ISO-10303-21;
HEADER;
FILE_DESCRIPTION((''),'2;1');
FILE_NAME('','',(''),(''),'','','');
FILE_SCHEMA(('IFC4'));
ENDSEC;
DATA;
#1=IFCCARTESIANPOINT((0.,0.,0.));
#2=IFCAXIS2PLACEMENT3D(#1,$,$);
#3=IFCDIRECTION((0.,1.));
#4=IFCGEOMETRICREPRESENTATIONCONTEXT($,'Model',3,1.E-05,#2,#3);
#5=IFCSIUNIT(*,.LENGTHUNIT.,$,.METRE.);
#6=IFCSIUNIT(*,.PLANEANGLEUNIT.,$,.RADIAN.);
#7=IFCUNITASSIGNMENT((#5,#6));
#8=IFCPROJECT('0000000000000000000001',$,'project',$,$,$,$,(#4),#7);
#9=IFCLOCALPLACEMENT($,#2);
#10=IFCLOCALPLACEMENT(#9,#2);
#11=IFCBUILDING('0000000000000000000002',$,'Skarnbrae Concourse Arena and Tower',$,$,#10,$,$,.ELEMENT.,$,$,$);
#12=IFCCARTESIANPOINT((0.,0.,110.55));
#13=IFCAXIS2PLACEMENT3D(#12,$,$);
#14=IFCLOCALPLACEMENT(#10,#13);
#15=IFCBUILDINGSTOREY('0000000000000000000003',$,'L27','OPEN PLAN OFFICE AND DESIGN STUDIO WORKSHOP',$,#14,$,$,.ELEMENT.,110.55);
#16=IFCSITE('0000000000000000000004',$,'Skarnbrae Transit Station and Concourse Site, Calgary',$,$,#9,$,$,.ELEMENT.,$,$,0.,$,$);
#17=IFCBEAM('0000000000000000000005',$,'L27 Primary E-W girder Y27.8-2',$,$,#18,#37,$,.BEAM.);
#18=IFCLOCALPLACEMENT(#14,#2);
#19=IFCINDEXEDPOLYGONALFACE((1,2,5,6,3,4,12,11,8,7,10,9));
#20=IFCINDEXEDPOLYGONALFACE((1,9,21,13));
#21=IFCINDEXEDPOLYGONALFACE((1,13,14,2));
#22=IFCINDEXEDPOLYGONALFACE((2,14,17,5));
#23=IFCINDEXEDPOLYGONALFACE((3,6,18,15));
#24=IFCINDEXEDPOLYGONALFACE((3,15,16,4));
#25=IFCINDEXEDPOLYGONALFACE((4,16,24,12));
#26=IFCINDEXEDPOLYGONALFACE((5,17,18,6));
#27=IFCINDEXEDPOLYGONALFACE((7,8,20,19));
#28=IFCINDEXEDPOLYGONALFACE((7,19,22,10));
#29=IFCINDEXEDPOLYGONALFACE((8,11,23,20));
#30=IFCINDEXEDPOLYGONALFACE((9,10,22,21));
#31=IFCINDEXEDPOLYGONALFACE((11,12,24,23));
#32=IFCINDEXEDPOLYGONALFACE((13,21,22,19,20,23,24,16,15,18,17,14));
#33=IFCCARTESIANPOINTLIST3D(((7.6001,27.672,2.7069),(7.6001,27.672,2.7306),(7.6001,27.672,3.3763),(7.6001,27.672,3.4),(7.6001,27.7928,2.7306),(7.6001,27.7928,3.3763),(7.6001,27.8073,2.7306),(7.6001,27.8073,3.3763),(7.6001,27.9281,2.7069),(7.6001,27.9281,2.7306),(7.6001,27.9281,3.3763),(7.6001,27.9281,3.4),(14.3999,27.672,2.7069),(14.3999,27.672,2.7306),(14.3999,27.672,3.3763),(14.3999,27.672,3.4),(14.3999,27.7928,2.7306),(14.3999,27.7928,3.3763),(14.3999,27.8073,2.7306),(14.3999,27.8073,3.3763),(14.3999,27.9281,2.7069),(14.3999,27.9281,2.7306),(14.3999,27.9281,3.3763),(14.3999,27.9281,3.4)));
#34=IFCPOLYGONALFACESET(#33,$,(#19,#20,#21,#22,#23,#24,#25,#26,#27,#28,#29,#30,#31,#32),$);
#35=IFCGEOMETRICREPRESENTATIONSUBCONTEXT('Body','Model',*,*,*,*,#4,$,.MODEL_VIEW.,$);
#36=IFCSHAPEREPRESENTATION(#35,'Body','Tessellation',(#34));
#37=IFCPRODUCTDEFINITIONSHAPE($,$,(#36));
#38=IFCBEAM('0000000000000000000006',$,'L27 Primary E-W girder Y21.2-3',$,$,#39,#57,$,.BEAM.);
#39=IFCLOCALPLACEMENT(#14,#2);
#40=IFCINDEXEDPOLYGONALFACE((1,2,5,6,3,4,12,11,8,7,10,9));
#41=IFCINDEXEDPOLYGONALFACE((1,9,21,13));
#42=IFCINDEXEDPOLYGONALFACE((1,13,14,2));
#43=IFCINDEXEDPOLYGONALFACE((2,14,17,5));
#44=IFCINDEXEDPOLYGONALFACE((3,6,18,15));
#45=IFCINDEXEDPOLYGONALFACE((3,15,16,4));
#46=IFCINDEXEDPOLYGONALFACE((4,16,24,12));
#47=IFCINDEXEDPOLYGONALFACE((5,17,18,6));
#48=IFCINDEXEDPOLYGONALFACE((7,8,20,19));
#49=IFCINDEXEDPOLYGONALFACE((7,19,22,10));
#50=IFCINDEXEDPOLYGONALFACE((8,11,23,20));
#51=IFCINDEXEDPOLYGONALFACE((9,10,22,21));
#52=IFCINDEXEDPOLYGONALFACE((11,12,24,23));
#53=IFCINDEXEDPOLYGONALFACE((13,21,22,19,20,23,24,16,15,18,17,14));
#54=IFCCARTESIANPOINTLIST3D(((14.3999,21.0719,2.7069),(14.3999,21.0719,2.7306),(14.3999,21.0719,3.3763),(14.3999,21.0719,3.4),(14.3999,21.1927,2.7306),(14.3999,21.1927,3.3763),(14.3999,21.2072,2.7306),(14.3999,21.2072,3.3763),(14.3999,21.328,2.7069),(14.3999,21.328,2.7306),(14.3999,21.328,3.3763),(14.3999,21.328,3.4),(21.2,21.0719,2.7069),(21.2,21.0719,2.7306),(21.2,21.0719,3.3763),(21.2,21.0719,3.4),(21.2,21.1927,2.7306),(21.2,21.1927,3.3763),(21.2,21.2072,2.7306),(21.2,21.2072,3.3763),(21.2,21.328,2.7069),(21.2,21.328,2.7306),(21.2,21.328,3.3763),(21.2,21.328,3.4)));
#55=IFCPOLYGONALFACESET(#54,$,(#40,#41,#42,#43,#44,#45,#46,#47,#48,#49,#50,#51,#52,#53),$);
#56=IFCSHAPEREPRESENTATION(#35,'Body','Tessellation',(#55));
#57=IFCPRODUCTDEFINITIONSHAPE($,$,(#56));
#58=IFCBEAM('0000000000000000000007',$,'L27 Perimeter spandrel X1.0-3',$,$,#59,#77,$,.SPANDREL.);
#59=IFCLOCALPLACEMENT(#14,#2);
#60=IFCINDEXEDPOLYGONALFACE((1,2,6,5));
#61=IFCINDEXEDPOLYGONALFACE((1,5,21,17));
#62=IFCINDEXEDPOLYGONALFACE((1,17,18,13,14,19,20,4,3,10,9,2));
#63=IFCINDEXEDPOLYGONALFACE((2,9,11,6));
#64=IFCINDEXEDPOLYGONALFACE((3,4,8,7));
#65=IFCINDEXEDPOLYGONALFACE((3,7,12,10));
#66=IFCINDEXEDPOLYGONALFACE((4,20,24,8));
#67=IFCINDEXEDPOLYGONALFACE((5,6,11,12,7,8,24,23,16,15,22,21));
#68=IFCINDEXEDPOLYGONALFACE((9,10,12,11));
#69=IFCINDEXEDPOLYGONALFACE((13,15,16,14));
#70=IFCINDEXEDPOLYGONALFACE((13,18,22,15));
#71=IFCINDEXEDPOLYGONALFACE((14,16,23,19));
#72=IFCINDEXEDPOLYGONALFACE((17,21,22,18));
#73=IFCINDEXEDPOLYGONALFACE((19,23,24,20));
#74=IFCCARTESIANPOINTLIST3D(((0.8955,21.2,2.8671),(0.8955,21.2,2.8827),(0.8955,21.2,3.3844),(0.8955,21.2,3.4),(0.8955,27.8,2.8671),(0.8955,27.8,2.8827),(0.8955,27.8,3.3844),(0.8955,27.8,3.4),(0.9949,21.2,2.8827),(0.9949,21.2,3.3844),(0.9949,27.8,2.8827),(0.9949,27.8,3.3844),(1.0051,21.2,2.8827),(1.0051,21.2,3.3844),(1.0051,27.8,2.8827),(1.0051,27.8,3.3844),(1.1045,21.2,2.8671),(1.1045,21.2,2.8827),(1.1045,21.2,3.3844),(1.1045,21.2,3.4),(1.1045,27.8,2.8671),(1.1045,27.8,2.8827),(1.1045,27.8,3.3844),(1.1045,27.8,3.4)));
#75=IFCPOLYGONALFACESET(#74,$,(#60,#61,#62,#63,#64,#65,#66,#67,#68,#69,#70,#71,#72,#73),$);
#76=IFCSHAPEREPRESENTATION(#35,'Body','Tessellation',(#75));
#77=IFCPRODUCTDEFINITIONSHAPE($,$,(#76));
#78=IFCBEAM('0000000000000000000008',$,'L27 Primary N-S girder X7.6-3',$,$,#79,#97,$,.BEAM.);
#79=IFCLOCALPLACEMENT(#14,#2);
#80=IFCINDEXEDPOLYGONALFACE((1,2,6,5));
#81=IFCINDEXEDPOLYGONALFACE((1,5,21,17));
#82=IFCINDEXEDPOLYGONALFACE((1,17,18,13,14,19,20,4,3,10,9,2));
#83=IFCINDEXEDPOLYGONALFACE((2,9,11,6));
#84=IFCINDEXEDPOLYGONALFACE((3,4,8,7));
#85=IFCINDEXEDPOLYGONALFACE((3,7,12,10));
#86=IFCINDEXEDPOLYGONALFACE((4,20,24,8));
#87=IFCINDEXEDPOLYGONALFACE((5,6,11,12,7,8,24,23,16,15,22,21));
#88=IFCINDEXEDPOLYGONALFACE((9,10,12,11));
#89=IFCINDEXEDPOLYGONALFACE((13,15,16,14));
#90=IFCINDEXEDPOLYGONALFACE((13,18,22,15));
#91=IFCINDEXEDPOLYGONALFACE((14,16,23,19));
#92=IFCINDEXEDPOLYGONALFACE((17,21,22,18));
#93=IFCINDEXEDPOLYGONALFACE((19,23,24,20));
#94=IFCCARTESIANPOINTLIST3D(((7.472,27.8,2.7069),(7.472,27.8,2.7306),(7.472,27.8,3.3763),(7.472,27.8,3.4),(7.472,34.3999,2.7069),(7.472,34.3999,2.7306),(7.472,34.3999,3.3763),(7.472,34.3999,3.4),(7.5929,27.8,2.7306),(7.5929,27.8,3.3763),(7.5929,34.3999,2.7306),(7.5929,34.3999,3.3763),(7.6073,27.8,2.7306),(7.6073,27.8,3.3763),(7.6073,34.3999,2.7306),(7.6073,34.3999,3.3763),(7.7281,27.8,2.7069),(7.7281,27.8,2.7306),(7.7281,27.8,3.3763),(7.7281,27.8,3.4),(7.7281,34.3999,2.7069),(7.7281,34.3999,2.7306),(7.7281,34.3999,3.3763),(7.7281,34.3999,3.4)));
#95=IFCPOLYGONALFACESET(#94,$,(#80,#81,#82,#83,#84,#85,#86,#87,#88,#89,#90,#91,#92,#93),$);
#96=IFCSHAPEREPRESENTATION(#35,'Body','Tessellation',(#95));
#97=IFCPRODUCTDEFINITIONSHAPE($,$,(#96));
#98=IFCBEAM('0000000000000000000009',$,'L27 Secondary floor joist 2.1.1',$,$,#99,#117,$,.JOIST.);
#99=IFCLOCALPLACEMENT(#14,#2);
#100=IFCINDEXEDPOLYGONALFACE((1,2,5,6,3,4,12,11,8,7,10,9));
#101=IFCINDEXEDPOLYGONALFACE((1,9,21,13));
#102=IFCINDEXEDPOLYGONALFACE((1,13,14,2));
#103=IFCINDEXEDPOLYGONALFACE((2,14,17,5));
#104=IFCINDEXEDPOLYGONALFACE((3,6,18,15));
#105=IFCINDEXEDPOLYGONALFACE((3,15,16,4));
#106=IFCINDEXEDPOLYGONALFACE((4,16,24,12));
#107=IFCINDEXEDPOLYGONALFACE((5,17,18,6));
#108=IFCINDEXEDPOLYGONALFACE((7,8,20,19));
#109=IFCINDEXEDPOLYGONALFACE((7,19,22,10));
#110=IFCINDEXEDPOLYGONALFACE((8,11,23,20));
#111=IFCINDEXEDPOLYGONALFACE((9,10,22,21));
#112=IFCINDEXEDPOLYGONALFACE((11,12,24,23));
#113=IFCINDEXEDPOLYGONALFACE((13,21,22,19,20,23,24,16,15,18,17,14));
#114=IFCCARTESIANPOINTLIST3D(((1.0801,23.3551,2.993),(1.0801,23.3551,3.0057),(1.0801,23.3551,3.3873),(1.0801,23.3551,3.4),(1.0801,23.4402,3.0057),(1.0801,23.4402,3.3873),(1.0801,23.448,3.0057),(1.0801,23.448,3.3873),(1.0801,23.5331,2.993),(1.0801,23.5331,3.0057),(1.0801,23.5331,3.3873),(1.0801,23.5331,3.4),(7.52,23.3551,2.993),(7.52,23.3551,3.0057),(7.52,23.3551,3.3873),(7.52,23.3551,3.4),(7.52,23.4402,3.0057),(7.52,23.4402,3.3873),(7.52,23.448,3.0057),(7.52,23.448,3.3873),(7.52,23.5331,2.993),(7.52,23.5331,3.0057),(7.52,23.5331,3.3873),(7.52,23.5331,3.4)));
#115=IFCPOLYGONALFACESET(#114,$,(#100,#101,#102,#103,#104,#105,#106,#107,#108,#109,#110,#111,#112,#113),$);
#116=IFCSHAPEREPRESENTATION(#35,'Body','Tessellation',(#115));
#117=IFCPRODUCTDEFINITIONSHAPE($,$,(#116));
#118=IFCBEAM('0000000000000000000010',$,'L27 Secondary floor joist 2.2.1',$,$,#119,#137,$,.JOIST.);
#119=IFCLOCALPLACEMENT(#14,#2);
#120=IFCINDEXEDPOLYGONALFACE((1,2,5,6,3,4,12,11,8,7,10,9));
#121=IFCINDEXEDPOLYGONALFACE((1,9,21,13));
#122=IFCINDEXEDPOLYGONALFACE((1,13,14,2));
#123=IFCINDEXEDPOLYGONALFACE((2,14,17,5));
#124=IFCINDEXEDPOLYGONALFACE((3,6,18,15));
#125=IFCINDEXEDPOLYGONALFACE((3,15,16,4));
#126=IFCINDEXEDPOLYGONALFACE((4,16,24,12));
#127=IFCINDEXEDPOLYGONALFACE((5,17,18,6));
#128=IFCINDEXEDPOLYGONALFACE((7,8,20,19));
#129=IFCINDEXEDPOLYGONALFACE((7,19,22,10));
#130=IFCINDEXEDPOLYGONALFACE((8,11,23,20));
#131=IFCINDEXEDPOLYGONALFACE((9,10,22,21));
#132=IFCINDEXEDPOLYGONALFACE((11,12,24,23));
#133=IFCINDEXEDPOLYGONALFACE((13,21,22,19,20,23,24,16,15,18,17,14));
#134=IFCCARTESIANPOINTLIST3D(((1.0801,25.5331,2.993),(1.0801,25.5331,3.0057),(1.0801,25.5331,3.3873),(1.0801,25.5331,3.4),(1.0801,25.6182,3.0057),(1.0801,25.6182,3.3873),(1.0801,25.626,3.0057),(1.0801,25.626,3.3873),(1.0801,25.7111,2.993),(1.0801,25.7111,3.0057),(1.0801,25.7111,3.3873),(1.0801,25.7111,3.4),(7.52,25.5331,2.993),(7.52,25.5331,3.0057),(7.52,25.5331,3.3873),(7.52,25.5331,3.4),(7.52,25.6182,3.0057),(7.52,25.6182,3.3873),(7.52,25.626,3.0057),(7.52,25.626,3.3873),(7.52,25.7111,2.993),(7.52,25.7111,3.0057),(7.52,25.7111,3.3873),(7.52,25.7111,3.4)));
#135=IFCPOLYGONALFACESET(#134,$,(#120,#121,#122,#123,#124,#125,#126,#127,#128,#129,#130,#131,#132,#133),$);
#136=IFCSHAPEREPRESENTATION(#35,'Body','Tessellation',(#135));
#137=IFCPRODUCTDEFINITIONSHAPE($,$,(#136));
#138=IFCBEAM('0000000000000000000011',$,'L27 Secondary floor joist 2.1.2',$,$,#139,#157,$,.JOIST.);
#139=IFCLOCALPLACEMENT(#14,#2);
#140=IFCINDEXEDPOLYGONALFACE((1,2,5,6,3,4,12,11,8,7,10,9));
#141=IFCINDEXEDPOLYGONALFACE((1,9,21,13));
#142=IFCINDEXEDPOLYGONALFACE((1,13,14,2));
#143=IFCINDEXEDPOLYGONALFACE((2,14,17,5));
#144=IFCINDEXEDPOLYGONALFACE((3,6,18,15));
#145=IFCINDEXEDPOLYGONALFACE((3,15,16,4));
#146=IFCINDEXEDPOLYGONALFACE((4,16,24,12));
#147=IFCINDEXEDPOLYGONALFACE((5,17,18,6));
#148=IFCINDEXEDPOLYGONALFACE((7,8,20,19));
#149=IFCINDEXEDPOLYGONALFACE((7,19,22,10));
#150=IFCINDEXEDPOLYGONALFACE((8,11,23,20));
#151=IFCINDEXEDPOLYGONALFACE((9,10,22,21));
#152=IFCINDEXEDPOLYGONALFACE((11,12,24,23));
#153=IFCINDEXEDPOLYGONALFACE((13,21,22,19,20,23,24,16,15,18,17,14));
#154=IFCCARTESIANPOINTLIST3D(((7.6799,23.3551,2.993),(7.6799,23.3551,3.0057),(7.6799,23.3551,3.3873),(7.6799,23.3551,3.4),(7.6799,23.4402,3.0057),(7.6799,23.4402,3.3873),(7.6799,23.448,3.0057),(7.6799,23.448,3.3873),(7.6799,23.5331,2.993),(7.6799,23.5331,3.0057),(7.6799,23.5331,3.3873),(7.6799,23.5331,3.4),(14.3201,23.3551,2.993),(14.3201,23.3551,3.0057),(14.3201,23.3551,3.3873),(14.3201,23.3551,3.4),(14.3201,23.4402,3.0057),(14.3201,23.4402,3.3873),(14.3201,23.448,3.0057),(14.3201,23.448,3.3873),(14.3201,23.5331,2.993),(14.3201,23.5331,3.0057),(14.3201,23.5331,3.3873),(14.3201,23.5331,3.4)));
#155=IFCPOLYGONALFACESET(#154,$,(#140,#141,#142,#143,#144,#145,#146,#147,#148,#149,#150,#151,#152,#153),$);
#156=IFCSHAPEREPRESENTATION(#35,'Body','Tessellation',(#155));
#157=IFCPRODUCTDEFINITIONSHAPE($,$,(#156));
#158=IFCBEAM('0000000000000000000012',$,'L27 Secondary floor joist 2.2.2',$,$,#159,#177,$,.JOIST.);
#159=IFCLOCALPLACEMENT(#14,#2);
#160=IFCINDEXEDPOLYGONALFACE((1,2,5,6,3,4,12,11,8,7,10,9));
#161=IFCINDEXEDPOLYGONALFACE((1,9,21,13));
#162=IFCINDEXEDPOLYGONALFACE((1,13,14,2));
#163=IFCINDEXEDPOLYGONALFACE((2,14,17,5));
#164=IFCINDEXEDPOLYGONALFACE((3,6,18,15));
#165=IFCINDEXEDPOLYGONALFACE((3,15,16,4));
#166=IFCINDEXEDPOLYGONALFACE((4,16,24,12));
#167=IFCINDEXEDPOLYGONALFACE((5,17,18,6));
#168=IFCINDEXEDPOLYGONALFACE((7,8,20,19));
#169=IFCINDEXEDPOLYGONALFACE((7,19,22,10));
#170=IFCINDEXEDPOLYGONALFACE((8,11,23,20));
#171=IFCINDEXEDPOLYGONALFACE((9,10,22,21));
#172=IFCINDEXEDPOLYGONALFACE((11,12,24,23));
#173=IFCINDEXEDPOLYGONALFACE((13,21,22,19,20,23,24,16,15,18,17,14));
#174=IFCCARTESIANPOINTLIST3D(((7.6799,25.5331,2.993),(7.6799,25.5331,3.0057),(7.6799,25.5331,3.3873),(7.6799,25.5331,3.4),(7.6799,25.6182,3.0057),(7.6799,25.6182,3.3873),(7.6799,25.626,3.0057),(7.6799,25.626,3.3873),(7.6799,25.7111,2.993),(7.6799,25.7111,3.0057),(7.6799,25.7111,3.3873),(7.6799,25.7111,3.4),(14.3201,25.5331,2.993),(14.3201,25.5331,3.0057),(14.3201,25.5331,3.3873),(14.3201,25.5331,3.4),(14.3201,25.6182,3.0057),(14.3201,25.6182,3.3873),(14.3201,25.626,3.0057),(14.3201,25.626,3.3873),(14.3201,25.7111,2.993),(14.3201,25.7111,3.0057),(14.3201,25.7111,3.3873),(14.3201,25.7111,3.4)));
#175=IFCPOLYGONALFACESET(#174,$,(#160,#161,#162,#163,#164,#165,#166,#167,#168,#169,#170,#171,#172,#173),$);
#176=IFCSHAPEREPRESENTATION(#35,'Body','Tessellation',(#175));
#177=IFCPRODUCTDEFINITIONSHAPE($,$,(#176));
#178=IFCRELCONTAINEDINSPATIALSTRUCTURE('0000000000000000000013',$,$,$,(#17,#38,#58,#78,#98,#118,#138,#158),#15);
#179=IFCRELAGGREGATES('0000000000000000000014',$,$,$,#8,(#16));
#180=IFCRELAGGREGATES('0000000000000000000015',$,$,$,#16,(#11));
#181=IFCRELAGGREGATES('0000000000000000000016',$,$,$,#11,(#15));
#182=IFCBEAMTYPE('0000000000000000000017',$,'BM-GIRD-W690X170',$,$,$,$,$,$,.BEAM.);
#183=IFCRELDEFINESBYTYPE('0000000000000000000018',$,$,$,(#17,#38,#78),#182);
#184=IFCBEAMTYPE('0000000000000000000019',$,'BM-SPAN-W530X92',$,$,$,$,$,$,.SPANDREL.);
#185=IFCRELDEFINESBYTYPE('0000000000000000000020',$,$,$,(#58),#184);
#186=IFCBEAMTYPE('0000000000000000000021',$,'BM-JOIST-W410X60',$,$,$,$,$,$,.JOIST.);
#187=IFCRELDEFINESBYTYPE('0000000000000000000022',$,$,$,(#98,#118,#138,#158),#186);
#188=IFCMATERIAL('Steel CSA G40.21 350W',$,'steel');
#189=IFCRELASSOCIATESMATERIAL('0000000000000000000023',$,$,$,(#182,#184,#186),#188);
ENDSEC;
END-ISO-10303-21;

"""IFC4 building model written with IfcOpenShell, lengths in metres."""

from ifc_helpers import new_model, si_unit, direction, frame, origin, origin_2d, place, context, subcontext, project, spatial, i_section, extrude, source, transform, mapped, material, material_profile, profile_set, type_object, element, save


model = new_model("IFC4")

# Units and contexts
model_context = context("Model", 3, precision=1e-05, world=origin(), true_north=direction((0.0, 1.0)))
body_context = subcontext(model_context, "Body", "Model", "MODEL_VIEW")
ifc_project = project(units=[si_unit("LENGTHUNIT", "METRE"), si_unit("PLANEANGLEUNIT", "RADIAN")], contexts=[model_context])

# Site, building, storey
site_placement = place(None, origin())
site = spatial("IfcSite", under=ifc_project, at=site_placement, Name="Skarnbrae Transit Station and Concourse Site, Calgary", CompositionType="ELEMENT", RefElevation=0.0)
building_placement = place(site_placement, origin())
building = spatial("IfcBuilding", under=site, at=building_placement, Name="Skarnbrae Concourse Arena and Tower", CompositionType="ELEMENT")
storey_placement = place(building_placement, frame((0.0, 0.0, 110.55)))
storey = spatial("IfcBuildingStorey", under=building, at=storey_placement, Name="L27", Description="OPEN PLAN OFFICE AND DESIGN STUDIO WORKSHOP", CompositionType="ELEMENT", Elevation=110.55)

# Shared definitions
ifc_material_1 = material(Name="Steel CSA G40.21 350W", Category="steel")

# Beams
ifc_material_profile_1 = material_profile(ifc_material_1, i_section(OverallWidth=0.2561, OverallDepth=0.6931, WebThickness=0.0144, FlangeThickness=0.0237, at=origin_2d()), Name="W690X170")
ifc_profile_set_1 = profile_set([ifc_material_profile_1], Name="Steel CSA G40.21 350W")
beam_type_1 = type_object("IfcBeamType", Name="BM-GIRD-W690X170", PredefinedType="BEAM", material=ifc_profile_set_1)
shared_shape_1 = source(origin(), body_context, "Body", "SweptSolid", [
    extrude(i_section(OverallWidth=0.2561, OverallDepth=0.6931, WebThickness=0.0144, FlangeThickness=0.0237, at=origin_2d()), origin(), (0.0, 0.0, 1.0), 6.7998),
])
for number, where, z_axis, x_axis, name in (
    (1, (7.6001, 27.8, 3.0535), (1.0, 0.0, 0.0), (0.0, 1.0, 0.0), "L27 Primary E-W girder Y27.8-2"),
):
    element("IfcBeam", number, at=place(storey_placement, frame(where, z_axis=z_axis, x_axis=x_axis)), inside=storey, type_object=beam_type_1, Name=name, PredefinedType="BEAM", context=body_context, shape_type="MappedRepresentation", body=[
        mapped(shared_shape_1, transform((0.0, 0.0, 0.0))),
    ])
shared_shape_2 = source(origin(), body_context, "Body", "SweptSolid", [
    extrude(i_section(OverallWidth=0.2561, OverallDepth=0.6931, WebThickness=0.0144, FlangeThickness=0.0237, at=origin_2d()), origin(), (0.0, 0.0, 1.0), 6.8),
])
beam_1_placement = place(storey_placement, frame((14.3999, 21.2, 3.0535), z_axis=(1.0, 0.0, 0.0), x_axis=(0.0, 1.0, 0.0)))
element("IfcBeam", 2, at=beam_1_placement, inside=storey, type_object=beam_type_1, Name="L27 Primary E-W girder Y21.2-3", PredefinedType="BEAM", context=body_context, shape_type="MappedRepresentation", body=[
    mapped(shared_shape_2, transform((0.0, 0.0, 0.0))),
])
ifc_material_profile_2 = material_profile(ifc_material_1, i_section(OverallWidth=0.209, OverallDepth=0.533, WebThickness=0.0103, FlangeThickness=0.0156, at=origin_2d()), Name="W530X92")
ifc_profile_set_2 = profile_set([ifc_material_profile_2], Name="Steel CSA G40.21 350W")
beam_type_2 = type_object("IfcBeamType", Name="BM-SPAN-W530X92", PredefinedType="SPANDREL", material=ifc_profile_set_2)
shared_shape_3 = source(origin(), body_context, "Body", "SweptSolid", [
    extrude(i_section(OverallWidth=0.209, OverallDepth=0.533, WebThickness=0.0103, FlangeThickness=0.0156, at=origin_2d()), origin(), (0.0, 0.0, 1.0), 6.6001),
])
beam_2_placement = place(storey_placement, frame((1.0, 21.2, 3.1335), z_axis=(0.0, 1.0, 0.0), x_axis=(-1.0, 0.0, 0.0)))
element("IfcBeam", 3, at=beam_2_placement, inside=storey, type_object=beam_type_2, Name="L27 Perimeter spandrel X1.0-3", PredefinedType="SPANDREL", context=body_context, shape_type="MappedRepresentation", body=[
    mapped(shared_shape_3, transform((0.0, 0.0, 0.0))),
])
shared_shape_4 = source(origin(), body_context, "Body", "SweptSolid", [
    extrude(i_section(OverallWidth=0.2561, OverallDepth=0.6931, WebThickness=0.0144, FlangeThickness=0.0237, at=origin_2d()), origin(), (0.0, 0.0, 1.0), 6.5999),
])
beam_3_placement = place(storey_placement, frame((7.6001, 27.8, 3.0535), z_axis=(0.0, 1.0, 0.0), x_axis=(-1.0, 0.0, 0.0)))
element("IfcBeam", 4, at=beam_3_placement, inside=storey, type_object=beam_type_1, Name="L27 Primary N-S girder X7.6-3", PredefinedType="BEAM", context=body_context, shape_type="MappedRepresentation", body=[
    mapped(shared_shape_4, transform((0.0, 0.0, 0.0))),
])
ifc_material_profile_3 = material_profile(ifc_material_1, i_section(OverallWidth=0.178, OverallDepth=0.407, WebThickness=0.0078, FlangeThickness=0.0127, at=origin_2d()), Name="W410X60")
ifc_profile_set_3 = profile_set([ifc_material_profile_3], Name="Steel CSA G40.21 350W")
beam_type_3 = type_object("IfcBeamType", Name="BM-JOIST-W410X60", PredefinedType="JOIST", material=ifc_profile_set_3)
shared_shape_5 = source(origin(), body_context, "Body", "SweptSolid", [
    extrude(i_section(OverallWidth=0.178, OverallDepth=0.407, WebThickness=0.0078, FlangeThickness=0.0127, at=origin_2d()), origin(), (0.0, 0.0, 1.0), 6.4399),
])
for number, where, z_axis, x_axis, name in (
    (5, (1.0801, 23.4441, 3.1965), (1.0, 0.0, 0.0), (0.0, 1.0, 0.0), "L27 Secondary floor joist 2.1.1"),
    (6, (1.0801, 25.6221, 3.1965), (1.0, 0.0, 0.0), (0.0, 1.0, 0.0), "L27 Secondary floor joist 2.2.1"),
):
    element("IfcBeam", number, at=place(storey_placement, frame(where, z_axis=z_axis, x_axis=x_axis)), inside=storey, type_object=beam_type_3, Name=name, PredefinedType="JOIST", context=body_context, shape_type="MappedRepresentation", body=[
        mapped(shared_shape_5, transform((0.0, 0.0, 0.0))),
    ])
shared_shape_6 = source(origin(), body_context, "Body", "SweptSolid", [
    extrude(i_section(OverallWidth=0.178, OverallDepth=0.407, WebThickness=0.0078, FlangeThickness=0.0127, at=origin_2d()), origin(), (0.0, 0.0, 1.0), 6.6401),
])
for number, where, z_axis, x_axis, name in (
    (7, (7.6799, 23.4441, 3.1965), (1.0, 0.0, 0.0), (0.0, 1.0, 0.0), "L27 Secondary floor joist 2.1.2"),
    (8, (7.6799, 25.6221, 3.1965), (1.0, 0.0, 0.0), (0.0, 1.0, 0.0), "L27 Secondary floor joist 2.2.2"),
):
    element("IfcBeam", number, at=place(storey_placement, frame(where, z_axis=z_axis, x_axis=x_axis)), inside=storey, type_object=beam_type_3, Name=name, PredefinedType="JOIST", context=body_context, shape_type="MappedRepresentation", body=[
        mapped(shared_shape_6, transform((0.0, 0.0, 0.0))),
    ])

save(model, "model.ifc")
